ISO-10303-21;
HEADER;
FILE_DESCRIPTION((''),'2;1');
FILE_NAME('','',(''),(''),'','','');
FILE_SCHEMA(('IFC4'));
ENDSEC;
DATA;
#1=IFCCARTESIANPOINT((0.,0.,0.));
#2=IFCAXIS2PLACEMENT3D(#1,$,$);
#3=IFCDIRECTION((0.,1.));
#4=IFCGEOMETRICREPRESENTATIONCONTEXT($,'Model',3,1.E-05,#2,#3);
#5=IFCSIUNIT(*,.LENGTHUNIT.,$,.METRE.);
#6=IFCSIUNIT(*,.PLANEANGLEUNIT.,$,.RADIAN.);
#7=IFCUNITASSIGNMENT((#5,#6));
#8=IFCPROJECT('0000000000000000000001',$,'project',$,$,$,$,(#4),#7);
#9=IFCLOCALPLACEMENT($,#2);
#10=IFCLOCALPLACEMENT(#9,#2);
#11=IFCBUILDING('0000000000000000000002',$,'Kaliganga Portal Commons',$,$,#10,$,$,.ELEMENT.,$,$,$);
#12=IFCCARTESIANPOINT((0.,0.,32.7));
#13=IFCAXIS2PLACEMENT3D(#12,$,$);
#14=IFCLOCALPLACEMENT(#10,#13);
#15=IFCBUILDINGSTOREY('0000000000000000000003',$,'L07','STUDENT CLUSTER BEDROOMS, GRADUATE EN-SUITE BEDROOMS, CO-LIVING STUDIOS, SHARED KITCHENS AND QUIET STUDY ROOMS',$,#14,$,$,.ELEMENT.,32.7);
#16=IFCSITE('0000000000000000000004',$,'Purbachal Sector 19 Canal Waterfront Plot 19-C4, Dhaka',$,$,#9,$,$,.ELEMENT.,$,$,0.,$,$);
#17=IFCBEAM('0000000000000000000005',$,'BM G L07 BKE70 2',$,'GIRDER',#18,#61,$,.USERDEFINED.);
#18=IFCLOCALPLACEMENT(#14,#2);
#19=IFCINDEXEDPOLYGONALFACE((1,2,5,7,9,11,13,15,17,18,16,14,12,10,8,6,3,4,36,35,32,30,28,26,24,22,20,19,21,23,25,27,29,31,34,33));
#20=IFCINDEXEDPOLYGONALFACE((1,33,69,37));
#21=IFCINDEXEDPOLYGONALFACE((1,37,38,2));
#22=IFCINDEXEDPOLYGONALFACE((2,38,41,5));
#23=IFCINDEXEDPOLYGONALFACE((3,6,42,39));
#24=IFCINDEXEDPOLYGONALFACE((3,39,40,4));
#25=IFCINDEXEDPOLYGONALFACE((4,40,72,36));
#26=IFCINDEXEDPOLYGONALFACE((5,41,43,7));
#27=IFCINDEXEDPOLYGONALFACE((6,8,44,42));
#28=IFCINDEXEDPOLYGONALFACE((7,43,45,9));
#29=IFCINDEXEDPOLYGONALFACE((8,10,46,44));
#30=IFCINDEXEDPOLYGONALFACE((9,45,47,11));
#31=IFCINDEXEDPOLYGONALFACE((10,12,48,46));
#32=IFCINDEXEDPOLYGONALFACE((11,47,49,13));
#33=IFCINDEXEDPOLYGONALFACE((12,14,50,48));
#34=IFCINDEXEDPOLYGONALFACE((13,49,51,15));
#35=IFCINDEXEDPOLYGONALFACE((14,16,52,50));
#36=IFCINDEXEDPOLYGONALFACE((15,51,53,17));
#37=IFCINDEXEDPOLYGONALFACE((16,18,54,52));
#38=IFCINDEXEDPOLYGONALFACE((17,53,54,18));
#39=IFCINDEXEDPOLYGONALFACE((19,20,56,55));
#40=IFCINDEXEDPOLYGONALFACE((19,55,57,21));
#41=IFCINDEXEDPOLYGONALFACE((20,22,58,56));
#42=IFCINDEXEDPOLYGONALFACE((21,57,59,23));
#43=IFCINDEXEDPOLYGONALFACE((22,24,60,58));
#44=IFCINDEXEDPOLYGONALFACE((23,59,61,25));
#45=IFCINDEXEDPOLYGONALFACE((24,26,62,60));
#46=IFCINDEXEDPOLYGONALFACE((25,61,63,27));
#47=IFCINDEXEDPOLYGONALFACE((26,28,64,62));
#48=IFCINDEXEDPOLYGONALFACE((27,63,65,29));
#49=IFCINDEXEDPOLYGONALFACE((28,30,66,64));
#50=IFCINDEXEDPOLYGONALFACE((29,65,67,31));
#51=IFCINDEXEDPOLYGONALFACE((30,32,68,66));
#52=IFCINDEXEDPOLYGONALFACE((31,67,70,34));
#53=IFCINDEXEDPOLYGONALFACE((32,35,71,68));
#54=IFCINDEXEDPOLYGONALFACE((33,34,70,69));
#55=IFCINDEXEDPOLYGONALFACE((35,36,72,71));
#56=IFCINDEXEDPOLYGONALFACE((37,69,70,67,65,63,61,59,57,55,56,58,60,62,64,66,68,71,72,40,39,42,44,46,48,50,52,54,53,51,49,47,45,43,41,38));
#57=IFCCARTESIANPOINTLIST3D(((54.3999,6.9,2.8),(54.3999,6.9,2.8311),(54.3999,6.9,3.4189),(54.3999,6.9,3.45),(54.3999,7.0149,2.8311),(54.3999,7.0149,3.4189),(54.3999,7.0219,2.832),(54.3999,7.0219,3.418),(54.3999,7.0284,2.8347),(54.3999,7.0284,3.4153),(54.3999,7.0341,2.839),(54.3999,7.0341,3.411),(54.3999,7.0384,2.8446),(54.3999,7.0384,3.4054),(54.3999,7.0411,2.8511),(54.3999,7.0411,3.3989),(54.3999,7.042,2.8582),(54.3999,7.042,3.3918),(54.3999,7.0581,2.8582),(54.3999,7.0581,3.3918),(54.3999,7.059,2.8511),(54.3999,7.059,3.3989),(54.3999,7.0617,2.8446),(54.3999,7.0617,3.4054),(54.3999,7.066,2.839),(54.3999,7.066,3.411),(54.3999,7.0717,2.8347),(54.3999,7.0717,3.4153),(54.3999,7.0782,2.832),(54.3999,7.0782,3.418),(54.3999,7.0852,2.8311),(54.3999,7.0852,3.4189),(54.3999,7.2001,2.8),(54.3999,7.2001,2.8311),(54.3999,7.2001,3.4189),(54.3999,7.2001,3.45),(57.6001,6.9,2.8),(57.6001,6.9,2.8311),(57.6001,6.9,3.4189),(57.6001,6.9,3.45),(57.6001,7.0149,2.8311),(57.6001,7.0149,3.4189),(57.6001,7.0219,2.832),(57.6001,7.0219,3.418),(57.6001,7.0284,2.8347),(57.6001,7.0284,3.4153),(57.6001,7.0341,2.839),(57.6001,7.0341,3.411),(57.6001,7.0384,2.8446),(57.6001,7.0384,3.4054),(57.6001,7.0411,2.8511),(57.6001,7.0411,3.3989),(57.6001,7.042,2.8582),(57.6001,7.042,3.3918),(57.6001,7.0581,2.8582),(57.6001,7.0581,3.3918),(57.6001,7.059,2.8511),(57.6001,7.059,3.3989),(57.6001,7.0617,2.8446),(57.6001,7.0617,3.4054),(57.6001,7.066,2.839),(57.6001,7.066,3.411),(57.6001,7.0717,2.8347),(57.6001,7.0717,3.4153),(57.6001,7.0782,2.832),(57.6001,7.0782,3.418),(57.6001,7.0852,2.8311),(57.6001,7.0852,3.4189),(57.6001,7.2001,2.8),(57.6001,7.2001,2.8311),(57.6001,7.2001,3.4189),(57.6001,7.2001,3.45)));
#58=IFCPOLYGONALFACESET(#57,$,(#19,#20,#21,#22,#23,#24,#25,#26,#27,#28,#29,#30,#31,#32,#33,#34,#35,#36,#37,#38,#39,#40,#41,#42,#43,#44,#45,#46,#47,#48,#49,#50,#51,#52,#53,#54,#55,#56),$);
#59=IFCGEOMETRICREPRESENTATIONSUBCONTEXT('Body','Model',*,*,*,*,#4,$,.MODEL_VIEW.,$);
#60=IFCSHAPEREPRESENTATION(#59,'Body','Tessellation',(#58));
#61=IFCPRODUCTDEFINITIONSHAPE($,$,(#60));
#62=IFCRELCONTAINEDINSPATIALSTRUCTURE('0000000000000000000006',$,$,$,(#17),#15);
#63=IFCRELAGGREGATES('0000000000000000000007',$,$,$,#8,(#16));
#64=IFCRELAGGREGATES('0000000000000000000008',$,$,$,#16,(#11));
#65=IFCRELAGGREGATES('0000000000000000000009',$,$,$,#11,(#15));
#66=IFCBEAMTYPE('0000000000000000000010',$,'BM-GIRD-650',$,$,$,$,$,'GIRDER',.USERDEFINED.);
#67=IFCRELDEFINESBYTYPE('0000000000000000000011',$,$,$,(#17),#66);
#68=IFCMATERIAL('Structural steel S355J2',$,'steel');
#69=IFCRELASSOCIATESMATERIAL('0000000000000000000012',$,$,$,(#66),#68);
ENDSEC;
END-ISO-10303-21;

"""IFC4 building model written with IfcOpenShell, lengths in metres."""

from ifc_helpers import new_model, si_unit, direction, frame, origin, origin_2d, place, context, subcontext, project, spatial, i_section, extrude, source, transform, mapped, material, material_profile, profile_set, type_object, element, save


model = new_model("IFC4")

# Units and contexts
model_context = context("Model", 3, precision=1e-05, world=origin(), true_north=direction((0.0, 1.0)))
body_context = subcontext(model_context, "Body", "Model", "MODEL_VIEW")
ifc_project = project(units=[si_unit("LENGTHUNIT", "METRE"), si_unit("PLANEANGLEUNIT", "RADIAN")], contexts=[model_context])

# Site, building, storey
site_placement = place(None, origin())
site = spatial("IfcSite", under=ifc_project, at=site_placement, Name="Purbachal Sector 19 Canal Waterfront Plot 19-C4, Dhaka", CompositionType="ELEMENT", RefElevation=0.0)
building_placement = place(site_placement, origin())
building = spatial("IfcBuilding", under=site, at=building_placement, Name="Kaliganga Portal Commons", CompositionType="ELEMENT")
storey_placement = place(building_placement, frame((0.0, 0.0, 32.7)))
storey = spatial("IfcBuildingStorey", under=building, at=storey_placement, Name="L07", Description="STUDENT CLUSTER BEDROOMS, GRADUATE EN-SUITE BEDROOMS, CO-LIVING STUDIOS, SHARED KITCHENS AND QUIET STUDY ROOMS", CompositionType="ELEMENT", Elevation=32.7)

# Beam
ifc_material_1 = material(Name="Structural steel S355J2", Category="steel")
ifc_material_profile_1 = material_profile(ifc_material_1, i_section(OverallWidth=0.3, OverallDepth=0.6499, WebThickness=0.0161, FlangeThickness=0.031, FilletRadius=0.0271, at=origin_2d()), Name="HE 650 B")
ifc_profile_set_1 = profile_set([ifc_material_profile_1], Name="Structural steel S355J2 wide-flange")
beam_type_1 = type_object("IfcBeamType", Name="BM-GIRD-650", ElementType="GIRDER", PredefinedType="USERDEFINED", material=ifc_profile_set_1)
shared_shape_1 = source(origin(), body_context, "Body", "SweptSolid", [
    extrude(i_section(OverallWidth=0.3, OverallDepth=0.6499, WebThickness=0.0161, FlangeThickness=0.031, FilletRadius=0.0271, at=origin_2d()), origin(), (0.0, 0.0, 1.0), 3.2002),
])
beam_1_placement = place(storey_placement, frame((54.3999, 7.05, 3.125), z_axis=(1.0, 0.0, 0.0), x_axis=(0.0, 1.0, 0.0)))
element("IfcBeam", 1, at=beam_1_placement, inside=storey, type_object=beam_type_1, Name="BM G L07 BKE70 2", ObjectType="GIRDER", PredefinedType="USERDEFINED", context=body_context, shape_type="MappedRepresentation", body=[
    mapped(shared_shape_1, transform((0.0, 0.0, 0.0), x_axis=(1.0, 0.0, 0.0), y_axis=(0.0, 1.0, 0.0), z_axis=(0.0, 0.0, 1.0), scale=1.0)),
])

save(model, "model.ifc")
